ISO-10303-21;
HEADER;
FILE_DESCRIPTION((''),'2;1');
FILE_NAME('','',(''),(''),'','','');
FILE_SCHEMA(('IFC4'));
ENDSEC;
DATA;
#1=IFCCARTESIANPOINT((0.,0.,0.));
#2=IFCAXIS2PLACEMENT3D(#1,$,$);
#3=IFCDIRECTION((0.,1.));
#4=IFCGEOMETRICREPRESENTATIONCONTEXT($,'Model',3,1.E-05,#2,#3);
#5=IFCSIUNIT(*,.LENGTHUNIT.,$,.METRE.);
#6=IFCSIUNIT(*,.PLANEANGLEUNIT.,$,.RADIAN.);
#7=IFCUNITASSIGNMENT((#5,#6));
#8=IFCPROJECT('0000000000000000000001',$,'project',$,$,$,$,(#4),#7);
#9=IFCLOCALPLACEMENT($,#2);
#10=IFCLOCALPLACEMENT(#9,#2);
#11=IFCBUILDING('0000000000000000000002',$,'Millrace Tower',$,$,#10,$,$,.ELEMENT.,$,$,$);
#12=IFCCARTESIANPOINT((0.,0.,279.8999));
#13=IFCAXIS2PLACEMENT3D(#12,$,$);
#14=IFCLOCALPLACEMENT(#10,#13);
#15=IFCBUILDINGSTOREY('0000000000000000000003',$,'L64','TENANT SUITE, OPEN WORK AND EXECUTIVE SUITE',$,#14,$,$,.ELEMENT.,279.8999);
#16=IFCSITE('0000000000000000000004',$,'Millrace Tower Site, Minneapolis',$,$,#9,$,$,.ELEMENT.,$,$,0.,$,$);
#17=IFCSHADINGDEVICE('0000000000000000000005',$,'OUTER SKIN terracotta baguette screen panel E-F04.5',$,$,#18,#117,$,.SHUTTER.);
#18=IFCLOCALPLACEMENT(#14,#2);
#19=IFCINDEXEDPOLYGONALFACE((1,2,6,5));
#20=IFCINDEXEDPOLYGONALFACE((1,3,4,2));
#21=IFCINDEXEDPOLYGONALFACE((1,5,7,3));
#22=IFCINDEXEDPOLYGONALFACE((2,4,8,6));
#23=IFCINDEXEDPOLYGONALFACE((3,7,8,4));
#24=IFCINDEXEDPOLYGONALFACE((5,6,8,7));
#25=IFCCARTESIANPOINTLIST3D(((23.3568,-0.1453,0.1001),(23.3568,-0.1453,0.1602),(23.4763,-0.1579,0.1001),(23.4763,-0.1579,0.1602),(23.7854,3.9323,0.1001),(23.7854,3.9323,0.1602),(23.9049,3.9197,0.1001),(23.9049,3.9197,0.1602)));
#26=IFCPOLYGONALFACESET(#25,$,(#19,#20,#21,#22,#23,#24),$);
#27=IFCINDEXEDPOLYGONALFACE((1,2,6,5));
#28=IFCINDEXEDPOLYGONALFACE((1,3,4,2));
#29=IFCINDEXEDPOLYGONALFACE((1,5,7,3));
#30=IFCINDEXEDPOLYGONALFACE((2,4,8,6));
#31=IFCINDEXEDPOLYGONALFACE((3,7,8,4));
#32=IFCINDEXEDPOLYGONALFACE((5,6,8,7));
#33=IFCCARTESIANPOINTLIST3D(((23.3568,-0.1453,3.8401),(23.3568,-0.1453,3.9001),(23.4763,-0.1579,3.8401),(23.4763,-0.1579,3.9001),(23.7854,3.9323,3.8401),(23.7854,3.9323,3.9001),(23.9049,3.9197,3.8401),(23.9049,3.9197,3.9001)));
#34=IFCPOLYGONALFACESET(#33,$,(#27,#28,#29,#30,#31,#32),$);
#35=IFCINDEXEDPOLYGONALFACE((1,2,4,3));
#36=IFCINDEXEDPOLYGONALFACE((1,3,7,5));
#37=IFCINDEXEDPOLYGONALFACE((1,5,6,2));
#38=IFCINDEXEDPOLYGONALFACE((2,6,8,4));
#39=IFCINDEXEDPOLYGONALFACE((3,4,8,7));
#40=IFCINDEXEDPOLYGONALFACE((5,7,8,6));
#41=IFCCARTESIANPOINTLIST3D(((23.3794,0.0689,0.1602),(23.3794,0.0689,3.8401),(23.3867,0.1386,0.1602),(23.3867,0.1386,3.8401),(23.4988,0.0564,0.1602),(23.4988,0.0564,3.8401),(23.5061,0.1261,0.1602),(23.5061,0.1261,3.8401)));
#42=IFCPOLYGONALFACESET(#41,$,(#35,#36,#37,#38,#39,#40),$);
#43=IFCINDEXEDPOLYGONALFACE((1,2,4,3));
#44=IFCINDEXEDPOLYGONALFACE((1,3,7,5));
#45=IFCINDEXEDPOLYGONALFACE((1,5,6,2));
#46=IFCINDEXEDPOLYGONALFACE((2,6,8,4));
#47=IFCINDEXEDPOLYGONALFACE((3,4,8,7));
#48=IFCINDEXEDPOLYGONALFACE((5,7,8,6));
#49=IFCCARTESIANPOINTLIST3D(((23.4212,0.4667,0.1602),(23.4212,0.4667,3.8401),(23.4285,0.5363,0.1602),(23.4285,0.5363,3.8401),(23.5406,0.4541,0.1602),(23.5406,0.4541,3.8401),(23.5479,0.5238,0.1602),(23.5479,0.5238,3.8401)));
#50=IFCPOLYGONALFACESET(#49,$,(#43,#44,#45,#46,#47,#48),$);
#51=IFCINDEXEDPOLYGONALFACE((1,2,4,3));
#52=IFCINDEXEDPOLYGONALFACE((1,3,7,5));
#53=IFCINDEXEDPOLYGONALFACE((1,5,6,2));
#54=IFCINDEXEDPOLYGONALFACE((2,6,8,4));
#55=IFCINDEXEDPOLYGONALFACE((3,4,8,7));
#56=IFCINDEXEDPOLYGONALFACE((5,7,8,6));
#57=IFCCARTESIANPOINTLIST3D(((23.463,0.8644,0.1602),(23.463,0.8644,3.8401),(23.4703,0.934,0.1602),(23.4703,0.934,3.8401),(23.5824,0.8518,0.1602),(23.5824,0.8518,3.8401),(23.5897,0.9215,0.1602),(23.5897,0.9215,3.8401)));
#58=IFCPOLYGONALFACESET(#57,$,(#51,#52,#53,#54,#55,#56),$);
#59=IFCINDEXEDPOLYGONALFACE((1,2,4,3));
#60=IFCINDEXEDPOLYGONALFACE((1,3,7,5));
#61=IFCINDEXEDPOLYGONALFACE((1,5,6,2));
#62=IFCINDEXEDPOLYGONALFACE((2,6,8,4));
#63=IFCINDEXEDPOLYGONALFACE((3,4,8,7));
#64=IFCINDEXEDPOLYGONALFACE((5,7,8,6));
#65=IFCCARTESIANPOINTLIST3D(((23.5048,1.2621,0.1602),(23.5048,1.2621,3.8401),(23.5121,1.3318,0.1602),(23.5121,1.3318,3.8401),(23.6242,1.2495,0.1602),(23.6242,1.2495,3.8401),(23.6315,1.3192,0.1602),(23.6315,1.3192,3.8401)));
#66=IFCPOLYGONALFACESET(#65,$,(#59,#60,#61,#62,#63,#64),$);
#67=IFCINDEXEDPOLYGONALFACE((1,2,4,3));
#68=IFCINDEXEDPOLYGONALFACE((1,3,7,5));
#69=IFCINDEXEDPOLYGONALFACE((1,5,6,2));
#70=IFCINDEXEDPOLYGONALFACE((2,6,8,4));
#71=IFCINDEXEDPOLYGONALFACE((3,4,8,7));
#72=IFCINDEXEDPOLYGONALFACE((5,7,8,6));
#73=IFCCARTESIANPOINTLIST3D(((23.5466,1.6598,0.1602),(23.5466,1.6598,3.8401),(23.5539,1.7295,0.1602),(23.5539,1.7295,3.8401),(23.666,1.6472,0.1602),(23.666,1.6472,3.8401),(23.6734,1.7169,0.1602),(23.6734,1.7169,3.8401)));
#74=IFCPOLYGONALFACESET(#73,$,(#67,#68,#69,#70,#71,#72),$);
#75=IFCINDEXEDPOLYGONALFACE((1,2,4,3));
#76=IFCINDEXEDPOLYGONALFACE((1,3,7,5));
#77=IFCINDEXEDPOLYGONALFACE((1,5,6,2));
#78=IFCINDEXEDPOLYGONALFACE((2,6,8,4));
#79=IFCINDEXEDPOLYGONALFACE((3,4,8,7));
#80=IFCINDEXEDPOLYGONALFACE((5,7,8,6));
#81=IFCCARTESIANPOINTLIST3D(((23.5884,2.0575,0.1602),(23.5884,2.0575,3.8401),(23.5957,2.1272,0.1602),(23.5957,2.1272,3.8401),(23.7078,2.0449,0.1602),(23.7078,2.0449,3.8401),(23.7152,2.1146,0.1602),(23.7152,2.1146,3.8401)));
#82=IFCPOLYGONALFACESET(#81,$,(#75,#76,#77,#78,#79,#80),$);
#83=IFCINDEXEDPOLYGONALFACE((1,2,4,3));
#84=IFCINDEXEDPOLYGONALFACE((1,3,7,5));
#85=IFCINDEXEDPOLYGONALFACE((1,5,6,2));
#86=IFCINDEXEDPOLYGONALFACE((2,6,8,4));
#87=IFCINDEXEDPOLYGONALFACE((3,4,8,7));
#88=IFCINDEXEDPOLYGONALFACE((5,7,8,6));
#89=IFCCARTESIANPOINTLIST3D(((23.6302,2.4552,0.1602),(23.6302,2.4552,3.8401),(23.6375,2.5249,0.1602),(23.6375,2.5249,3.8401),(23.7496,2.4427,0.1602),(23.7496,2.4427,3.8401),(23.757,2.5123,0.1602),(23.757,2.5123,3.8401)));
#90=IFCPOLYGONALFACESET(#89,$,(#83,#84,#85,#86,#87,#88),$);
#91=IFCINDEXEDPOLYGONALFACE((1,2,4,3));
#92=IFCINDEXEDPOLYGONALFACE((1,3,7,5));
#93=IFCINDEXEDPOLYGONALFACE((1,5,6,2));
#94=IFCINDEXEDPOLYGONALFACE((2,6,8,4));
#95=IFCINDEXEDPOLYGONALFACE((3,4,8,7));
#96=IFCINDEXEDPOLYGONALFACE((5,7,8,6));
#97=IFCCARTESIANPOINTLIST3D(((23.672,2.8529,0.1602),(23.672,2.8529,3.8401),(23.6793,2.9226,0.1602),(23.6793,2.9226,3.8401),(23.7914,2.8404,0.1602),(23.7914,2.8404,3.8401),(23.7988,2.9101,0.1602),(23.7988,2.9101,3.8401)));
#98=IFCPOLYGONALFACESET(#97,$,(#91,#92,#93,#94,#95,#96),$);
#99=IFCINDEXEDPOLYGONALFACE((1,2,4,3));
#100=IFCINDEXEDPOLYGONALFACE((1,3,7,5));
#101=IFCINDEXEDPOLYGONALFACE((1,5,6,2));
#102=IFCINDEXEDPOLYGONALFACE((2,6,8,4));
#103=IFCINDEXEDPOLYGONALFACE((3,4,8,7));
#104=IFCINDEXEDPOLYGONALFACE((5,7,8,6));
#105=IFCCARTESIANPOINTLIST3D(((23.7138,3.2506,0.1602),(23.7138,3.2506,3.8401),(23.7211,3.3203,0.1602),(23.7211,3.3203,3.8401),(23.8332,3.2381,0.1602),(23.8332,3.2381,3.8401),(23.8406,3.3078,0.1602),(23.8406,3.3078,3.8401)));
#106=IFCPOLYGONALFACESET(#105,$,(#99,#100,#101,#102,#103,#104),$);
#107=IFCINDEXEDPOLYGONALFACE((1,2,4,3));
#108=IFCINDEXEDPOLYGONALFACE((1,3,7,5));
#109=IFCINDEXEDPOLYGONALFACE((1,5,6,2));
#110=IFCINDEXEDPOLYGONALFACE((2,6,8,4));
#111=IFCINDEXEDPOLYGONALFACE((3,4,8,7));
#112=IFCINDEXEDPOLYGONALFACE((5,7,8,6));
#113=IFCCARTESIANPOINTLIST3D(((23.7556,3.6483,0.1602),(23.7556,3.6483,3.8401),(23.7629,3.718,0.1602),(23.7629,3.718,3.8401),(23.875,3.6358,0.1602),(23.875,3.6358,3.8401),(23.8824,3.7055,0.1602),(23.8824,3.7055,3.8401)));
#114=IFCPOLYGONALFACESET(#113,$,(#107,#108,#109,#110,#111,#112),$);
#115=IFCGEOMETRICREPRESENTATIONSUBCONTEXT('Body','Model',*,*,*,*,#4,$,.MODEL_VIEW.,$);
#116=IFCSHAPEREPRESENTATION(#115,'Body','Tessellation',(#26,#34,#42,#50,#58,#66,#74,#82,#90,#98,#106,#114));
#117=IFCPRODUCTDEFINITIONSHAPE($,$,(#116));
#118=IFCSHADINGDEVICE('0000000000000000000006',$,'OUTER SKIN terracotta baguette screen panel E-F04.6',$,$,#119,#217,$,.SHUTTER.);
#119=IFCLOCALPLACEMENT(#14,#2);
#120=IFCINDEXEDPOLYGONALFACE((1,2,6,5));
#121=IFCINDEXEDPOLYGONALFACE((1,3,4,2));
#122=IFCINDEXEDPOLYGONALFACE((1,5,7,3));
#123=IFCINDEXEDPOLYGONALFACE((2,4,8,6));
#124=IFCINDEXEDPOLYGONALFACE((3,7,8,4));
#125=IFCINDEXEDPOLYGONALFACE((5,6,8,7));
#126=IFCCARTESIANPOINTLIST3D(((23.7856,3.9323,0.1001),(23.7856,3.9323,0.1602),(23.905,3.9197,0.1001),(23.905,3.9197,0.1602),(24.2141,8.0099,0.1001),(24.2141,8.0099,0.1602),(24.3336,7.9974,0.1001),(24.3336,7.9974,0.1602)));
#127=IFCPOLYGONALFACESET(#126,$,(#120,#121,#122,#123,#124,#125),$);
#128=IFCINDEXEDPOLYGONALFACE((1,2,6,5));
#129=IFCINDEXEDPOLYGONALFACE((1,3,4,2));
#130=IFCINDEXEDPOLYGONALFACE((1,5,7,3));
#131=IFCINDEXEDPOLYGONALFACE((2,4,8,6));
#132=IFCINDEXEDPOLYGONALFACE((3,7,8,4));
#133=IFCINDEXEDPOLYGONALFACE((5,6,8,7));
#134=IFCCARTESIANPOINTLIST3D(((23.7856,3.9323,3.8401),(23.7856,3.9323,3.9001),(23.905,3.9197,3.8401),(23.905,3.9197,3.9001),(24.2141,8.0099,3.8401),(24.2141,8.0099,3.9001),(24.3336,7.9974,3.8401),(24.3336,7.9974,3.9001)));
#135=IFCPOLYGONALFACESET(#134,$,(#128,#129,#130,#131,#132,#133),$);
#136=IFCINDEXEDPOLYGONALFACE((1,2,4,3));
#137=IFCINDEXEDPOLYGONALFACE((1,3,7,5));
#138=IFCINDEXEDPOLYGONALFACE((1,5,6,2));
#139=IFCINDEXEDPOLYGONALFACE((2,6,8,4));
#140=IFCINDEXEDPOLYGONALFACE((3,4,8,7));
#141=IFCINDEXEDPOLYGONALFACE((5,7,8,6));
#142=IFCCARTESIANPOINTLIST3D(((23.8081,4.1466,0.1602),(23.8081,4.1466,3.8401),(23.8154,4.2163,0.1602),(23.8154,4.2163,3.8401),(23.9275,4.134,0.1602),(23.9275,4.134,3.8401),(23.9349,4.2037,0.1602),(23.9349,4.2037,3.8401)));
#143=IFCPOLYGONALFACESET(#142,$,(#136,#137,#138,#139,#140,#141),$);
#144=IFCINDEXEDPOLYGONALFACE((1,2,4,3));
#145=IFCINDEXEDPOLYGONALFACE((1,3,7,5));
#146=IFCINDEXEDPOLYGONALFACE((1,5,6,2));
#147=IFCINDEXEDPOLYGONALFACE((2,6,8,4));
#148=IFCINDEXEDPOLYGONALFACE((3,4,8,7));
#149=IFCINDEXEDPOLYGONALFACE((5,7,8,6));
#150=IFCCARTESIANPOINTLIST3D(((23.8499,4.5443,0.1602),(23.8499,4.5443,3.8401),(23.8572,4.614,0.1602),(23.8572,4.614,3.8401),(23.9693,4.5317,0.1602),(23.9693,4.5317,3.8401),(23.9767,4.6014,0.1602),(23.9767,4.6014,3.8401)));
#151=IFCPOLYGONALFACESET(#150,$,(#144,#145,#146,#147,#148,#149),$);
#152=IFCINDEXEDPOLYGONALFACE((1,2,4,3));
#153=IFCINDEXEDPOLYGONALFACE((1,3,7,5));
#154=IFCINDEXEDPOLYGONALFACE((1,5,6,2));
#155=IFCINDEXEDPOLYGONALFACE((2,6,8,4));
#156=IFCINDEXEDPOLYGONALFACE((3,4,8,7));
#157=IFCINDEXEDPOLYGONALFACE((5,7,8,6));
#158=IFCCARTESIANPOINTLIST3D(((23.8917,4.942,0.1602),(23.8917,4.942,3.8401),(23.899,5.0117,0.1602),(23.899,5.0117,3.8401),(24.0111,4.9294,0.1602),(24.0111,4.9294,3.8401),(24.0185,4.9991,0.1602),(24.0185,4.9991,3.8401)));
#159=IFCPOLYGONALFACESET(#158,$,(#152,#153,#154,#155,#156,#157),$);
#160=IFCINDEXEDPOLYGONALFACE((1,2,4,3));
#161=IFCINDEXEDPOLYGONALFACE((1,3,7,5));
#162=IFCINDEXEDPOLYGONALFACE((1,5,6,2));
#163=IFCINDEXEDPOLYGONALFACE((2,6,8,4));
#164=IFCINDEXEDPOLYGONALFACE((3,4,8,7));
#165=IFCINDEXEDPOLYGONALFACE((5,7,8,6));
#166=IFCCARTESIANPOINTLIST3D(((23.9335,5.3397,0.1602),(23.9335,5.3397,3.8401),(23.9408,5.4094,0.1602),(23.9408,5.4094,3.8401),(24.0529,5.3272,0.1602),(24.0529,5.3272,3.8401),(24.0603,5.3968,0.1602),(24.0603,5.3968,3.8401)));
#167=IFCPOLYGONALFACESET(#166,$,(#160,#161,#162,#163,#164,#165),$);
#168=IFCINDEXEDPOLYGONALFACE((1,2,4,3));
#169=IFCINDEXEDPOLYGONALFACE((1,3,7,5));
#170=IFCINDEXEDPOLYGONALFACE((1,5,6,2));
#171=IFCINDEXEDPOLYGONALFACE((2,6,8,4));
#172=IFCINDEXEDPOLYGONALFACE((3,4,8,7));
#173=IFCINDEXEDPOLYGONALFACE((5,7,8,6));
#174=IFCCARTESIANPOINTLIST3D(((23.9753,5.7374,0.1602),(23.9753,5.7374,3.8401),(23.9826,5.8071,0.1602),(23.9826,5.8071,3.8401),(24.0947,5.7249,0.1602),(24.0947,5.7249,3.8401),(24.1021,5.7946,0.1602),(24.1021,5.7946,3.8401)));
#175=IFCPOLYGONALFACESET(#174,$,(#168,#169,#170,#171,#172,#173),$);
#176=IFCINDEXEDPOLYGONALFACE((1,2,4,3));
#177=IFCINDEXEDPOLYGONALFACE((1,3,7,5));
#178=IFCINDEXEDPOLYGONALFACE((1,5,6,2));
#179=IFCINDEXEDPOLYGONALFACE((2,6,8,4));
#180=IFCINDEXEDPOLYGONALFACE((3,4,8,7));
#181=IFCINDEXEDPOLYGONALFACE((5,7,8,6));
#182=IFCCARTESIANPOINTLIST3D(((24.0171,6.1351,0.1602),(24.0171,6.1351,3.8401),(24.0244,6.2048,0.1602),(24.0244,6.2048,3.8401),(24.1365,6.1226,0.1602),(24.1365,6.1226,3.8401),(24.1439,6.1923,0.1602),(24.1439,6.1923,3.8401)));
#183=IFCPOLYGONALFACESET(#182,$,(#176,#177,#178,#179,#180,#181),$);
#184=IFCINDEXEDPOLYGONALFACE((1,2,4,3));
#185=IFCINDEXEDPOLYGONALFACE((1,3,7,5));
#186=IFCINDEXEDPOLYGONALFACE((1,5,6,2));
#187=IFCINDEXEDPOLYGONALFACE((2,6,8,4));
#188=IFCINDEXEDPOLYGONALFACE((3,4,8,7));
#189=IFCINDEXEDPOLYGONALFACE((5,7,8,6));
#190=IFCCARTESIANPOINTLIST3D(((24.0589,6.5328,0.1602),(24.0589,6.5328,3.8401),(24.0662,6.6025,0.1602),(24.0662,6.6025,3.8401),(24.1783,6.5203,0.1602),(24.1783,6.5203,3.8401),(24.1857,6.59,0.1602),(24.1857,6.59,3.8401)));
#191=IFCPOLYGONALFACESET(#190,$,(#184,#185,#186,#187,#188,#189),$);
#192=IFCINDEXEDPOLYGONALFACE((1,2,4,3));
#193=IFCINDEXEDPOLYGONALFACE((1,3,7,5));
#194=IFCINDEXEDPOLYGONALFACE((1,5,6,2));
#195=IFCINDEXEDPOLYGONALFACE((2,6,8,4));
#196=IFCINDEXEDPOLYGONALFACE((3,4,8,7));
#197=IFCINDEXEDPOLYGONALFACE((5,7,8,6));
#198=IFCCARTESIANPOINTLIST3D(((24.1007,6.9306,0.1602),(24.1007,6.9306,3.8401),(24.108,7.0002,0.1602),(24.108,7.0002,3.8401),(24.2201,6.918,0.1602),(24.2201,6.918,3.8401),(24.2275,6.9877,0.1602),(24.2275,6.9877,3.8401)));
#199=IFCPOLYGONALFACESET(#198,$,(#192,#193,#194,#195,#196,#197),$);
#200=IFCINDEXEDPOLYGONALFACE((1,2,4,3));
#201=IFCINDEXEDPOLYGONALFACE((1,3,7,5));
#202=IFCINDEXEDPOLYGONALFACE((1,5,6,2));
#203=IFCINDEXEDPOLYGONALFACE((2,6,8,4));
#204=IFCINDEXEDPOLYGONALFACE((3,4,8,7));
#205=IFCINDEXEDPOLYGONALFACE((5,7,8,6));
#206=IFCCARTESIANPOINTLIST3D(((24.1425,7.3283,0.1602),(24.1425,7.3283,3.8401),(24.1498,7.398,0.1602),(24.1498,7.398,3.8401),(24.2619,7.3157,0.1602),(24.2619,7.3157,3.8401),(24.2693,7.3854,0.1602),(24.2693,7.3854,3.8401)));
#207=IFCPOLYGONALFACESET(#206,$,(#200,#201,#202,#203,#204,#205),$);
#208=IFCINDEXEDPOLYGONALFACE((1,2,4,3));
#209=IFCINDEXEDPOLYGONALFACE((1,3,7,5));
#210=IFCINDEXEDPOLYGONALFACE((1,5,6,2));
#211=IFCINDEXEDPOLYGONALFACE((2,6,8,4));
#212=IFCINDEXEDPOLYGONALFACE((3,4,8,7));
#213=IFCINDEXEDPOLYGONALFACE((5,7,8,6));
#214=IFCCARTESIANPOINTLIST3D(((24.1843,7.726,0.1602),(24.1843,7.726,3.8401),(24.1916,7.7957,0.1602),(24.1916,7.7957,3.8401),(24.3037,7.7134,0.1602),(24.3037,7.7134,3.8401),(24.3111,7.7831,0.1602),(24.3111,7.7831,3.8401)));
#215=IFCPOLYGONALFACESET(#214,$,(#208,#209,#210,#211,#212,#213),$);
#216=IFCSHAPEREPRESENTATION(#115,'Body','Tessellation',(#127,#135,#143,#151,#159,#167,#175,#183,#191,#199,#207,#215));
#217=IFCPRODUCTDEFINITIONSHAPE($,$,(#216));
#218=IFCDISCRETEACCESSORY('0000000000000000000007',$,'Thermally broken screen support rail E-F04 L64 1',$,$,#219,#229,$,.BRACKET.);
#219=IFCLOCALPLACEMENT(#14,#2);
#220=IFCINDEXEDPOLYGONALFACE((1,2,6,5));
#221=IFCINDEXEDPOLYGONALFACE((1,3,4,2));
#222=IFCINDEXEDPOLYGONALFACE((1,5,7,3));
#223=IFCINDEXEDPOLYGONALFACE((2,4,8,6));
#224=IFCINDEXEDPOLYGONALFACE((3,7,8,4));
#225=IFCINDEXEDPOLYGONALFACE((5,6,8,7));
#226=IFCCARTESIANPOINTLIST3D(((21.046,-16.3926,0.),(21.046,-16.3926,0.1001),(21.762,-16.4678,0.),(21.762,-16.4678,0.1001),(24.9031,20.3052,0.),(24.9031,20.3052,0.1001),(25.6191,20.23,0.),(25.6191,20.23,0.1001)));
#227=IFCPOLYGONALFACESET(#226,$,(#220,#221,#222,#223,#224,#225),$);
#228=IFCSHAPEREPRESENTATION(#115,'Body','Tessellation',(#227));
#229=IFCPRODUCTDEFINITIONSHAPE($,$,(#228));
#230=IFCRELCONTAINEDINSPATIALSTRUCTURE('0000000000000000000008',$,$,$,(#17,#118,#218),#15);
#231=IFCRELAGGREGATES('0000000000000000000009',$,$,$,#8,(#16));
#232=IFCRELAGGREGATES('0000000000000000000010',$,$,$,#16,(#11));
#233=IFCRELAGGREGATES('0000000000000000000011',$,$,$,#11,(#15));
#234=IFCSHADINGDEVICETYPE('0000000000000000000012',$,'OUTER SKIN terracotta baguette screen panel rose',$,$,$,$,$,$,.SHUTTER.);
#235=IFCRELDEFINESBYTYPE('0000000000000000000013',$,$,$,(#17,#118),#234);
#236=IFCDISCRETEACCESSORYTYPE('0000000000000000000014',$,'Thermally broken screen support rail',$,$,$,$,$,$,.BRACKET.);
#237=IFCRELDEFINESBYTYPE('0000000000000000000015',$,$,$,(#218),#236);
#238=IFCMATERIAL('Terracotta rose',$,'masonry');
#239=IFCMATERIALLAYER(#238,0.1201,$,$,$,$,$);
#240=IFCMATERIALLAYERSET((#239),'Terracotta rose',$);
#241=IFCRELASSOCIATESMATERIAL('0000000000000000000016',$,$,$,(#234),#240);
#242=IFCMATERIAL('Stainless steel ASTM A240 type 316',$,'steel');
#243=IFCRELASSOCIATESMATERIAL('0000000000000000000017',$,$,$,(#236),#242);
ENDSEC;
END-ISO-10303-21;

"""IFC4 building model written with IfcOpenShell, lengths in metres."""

from ifc_helpers import new_model, entity, si_unit, direction, frame, frame_2d, origin, origin_2d, place, context, subcontext, project, spatial, rectangle, extrude, source, transform, mapped, material, layer, layer_set, type_object, element, save


model = new_model("IFC4")

# Units and contexts
model_context = context("Model", 3, precision=1e-05, world=origin(), true_north=direction((0.0, 1.0)))
body_context = subcontext(model_context, "Body", "Model", "MODEL_VIEW")
ifc_project = project(units=[si_unit("LENGTHUNIT", "METRE"), si_unit("PLANEANGLEUNIT", "RADIAN")], contexts=[model_context])

# Site, building, storey
site_placement = place(None, origin())
site = spatial("IfcSite", under=ifc_project, at=site_placement, Name="Millrace Tower Site, Minneapolis", CompositionType="ELEMENT", RefElevation=0.0)
building_placement = place(site_placement, origin())
building = spatial("IfcBuilding", under=site, at=building_placement, Name="Millrace Tower", CompositionType="ELEMENT")
storey_placement = place(building_placement, frame((0.0, 0.0, 279.8999)))
storey = spatial("IfcBuildingStorey", under=building, at=storey_placement, Name="L64", Description="TENANT SUITE, OPEN WORK AND EXECUTIVE SUITE", CompositionType="ELEMENT", Elevation=279.8999)

# Shading devices
ifc_material_1 = material(Name="Terracotta rose", Category="masonry")
ifc_layer_1 = layer(ifc_material_1, 0.1201)
ifc_layer_set_1 = layer_set([ifc_layer_1], Name="Terracotta rose")
shading_device_type = type_object("IfcShadingDeviceType", Name="OUTER SKIN terracotta baguette screen panel rose", PredefinedType="SHUTTER", material=ifc_layer_set_1)
cartesian_point = entity("IfcCartesianPoint", [-2.05, 0.0601])
shared_polyline = entity("IfcPolyline", [cartesian_point, entity("IfcCartesianPoint", [2.05, 0.0601]), entity("IfcCartesianPoint", [2.05, -0.0601]), entity("IfcCartesianPoint", [-2.05, -0.0601]), cartesian_point])
shared_shape = source(origin(), body_context, "Body", "SweptSolid", [
    entity("IfcExtrudedAreaSolid", entity("IfcArbitraryClosedProfileDef", "AREA", None, shared_polyline), entity("IfcAxis2Placement3D", entity("IfcCartesianPoint", [0.0, 0.0, 0.0])), entity("IfcDirection", [0.0, 0.0, 1.0]), 0.0601),
    entity("IfcExtrudedAreaSolid", entity("IfcArbitraryClosedProfileDef", "AREA", None, shared_polyline), entity("IfcAxis2Placement3D", entity("IfcCartesianPoint", [0.0, 0.0, 3.74])), entity("IfcDirection", [0.0, 0.0, 1.0]), 0.0601),
    extrude(rectangle(XDim=0.0701, YDim=0.1201, at=frame_2d((-1.7996, 0.0))), frame((0.0, 0.0, 0.0601)), (0.0, 0.0, 1.0), 3.6799),
    extrude(rectangle(XDim=0.0701, YDim=0.1201, at=frame_2d((-1.3997, 0.0))), frame((0.0, 0.0, 0.0601)), (0.0, 0.0, 1.0), 3.6799),
    extrude(rectangle(XDim=0.0701, YDim=0.1201, at=frame_2d((-0.9998, 0.0))), frame((0.0, 0.0, 0.0601)), (0.0, 0.0, 1.0), 3.6799),
    extrude(rectangle(XDim=0.0701, YDim=0.1201, at=frame_2d((-0.5999, 0.0))), frame((0.0, 0.0, 0.0601)), (0.0, 0.0, 1.0), 3.6799),
    extrude(rectangle(XDim=0.0701, YDim=0.1201, at=frame_2d((-0.2, 0.0))), frame((0.0, 0.0, 0.0601)), (0.0, 0.0, 1.0), 3.6799),
    extrude(rectangle(XDim=0.0701, YDim=0.1201, at=frame_2d((0.2, 0.0))), frame((0.0, 0.0, 0.0601)), (0.0, 0.0, 1.0), 3.6799),
    extrude(rectangle(XDim=0.0701, YDim=0.1201, at=frame_2d((0.5999, 0.0))), frame((0.0, 0.0, 0.0601)), (0.0, 0.0, 1.0), 3.6799),
    extrude(rectangle(XDim=0.0701, YDim=0.1201, at=frame_2d((0.9998, 0.0))), frame((0.0, 0.0, 0.0601)), (0.0, 0.0, 1.0), 3.6799),
    extrude(rectangle(XDim=0.0701, YDim=0.1201, at=frame_2d((1.3997, 0.0))), frame((0.0, 0.0, 0.0601)), (0.0, 0.0, 1.0), 3.6799),
    extrude(rectangle(XDim=0.0701, YDim=0.1201, at=frame_2d((1.7996, 0.0))), frame((0.0, 0.0, 0.0601)), (0.0, 0.0, 1.0), 3.6799),
])
for number, where, z_axis, x_axis, name in (
    (1, (23.6309, 1.8872, 0.1001), (0.0, 0.0, 1.0), (0.104528, 0.994522, 0.0), "OUTER SKIN terracotta baguette screen panel E-F04.5"),
    (2, (24.0596, 5.9648, 0.1001), (0.0, 0.0, 1.0), (0.104528, 0.994522, 0.0), "OUTER SKIN terracotta baguette screen panel E-F04.6"),
):
    element("IfcShadingDevice", number, at=place(storey_placement, frame(where, z_axis=z_axis, x_axis=x_axis)), inside=storey, type_object=shading_device_type, Name=name, PredefinedType="SHUTTER", context=body_context, shape_type="MappedRepresentation", body=[
        mapped(shared_shape, transform((0.0, 0.0, 0.0), scale=1.0)),
    ])

# Discrete accessory
ifc_material_2 = material(Name="Stainless steel ASTM A240 type 316", Category="steel")
discrete_accessory_type = type_object("IfcDiscreteAccessoryType", Name="Thermally broken screen support rail", PredefinedType="BRACKET", material=ifc_material_2)
discrete_accessory_placement = place(storey_placement, frame((23.3325, 1.9187, 0.0), z_axis=(0.0, 0.0, 1.0), x_axis=(0.104528, 0.994522, 0.0)))
element("IfcDiscreteAccessory", 3, at=discrete_accessory_placement, inside=storey, type_object=discrete_accessory_type, Name="Thermally broken screen support rail E-F04 L64 1", PredefinedType="BRACKET", context=body_context, shape_type="SweptSolid", body=[
    extrude(rectangle(XDim=36.8999, YDim=0.72, at=origin_2d()), origin(), (0.0, 0.0, 1.0), 0.1001),
])

save(model, "model.ifc")
